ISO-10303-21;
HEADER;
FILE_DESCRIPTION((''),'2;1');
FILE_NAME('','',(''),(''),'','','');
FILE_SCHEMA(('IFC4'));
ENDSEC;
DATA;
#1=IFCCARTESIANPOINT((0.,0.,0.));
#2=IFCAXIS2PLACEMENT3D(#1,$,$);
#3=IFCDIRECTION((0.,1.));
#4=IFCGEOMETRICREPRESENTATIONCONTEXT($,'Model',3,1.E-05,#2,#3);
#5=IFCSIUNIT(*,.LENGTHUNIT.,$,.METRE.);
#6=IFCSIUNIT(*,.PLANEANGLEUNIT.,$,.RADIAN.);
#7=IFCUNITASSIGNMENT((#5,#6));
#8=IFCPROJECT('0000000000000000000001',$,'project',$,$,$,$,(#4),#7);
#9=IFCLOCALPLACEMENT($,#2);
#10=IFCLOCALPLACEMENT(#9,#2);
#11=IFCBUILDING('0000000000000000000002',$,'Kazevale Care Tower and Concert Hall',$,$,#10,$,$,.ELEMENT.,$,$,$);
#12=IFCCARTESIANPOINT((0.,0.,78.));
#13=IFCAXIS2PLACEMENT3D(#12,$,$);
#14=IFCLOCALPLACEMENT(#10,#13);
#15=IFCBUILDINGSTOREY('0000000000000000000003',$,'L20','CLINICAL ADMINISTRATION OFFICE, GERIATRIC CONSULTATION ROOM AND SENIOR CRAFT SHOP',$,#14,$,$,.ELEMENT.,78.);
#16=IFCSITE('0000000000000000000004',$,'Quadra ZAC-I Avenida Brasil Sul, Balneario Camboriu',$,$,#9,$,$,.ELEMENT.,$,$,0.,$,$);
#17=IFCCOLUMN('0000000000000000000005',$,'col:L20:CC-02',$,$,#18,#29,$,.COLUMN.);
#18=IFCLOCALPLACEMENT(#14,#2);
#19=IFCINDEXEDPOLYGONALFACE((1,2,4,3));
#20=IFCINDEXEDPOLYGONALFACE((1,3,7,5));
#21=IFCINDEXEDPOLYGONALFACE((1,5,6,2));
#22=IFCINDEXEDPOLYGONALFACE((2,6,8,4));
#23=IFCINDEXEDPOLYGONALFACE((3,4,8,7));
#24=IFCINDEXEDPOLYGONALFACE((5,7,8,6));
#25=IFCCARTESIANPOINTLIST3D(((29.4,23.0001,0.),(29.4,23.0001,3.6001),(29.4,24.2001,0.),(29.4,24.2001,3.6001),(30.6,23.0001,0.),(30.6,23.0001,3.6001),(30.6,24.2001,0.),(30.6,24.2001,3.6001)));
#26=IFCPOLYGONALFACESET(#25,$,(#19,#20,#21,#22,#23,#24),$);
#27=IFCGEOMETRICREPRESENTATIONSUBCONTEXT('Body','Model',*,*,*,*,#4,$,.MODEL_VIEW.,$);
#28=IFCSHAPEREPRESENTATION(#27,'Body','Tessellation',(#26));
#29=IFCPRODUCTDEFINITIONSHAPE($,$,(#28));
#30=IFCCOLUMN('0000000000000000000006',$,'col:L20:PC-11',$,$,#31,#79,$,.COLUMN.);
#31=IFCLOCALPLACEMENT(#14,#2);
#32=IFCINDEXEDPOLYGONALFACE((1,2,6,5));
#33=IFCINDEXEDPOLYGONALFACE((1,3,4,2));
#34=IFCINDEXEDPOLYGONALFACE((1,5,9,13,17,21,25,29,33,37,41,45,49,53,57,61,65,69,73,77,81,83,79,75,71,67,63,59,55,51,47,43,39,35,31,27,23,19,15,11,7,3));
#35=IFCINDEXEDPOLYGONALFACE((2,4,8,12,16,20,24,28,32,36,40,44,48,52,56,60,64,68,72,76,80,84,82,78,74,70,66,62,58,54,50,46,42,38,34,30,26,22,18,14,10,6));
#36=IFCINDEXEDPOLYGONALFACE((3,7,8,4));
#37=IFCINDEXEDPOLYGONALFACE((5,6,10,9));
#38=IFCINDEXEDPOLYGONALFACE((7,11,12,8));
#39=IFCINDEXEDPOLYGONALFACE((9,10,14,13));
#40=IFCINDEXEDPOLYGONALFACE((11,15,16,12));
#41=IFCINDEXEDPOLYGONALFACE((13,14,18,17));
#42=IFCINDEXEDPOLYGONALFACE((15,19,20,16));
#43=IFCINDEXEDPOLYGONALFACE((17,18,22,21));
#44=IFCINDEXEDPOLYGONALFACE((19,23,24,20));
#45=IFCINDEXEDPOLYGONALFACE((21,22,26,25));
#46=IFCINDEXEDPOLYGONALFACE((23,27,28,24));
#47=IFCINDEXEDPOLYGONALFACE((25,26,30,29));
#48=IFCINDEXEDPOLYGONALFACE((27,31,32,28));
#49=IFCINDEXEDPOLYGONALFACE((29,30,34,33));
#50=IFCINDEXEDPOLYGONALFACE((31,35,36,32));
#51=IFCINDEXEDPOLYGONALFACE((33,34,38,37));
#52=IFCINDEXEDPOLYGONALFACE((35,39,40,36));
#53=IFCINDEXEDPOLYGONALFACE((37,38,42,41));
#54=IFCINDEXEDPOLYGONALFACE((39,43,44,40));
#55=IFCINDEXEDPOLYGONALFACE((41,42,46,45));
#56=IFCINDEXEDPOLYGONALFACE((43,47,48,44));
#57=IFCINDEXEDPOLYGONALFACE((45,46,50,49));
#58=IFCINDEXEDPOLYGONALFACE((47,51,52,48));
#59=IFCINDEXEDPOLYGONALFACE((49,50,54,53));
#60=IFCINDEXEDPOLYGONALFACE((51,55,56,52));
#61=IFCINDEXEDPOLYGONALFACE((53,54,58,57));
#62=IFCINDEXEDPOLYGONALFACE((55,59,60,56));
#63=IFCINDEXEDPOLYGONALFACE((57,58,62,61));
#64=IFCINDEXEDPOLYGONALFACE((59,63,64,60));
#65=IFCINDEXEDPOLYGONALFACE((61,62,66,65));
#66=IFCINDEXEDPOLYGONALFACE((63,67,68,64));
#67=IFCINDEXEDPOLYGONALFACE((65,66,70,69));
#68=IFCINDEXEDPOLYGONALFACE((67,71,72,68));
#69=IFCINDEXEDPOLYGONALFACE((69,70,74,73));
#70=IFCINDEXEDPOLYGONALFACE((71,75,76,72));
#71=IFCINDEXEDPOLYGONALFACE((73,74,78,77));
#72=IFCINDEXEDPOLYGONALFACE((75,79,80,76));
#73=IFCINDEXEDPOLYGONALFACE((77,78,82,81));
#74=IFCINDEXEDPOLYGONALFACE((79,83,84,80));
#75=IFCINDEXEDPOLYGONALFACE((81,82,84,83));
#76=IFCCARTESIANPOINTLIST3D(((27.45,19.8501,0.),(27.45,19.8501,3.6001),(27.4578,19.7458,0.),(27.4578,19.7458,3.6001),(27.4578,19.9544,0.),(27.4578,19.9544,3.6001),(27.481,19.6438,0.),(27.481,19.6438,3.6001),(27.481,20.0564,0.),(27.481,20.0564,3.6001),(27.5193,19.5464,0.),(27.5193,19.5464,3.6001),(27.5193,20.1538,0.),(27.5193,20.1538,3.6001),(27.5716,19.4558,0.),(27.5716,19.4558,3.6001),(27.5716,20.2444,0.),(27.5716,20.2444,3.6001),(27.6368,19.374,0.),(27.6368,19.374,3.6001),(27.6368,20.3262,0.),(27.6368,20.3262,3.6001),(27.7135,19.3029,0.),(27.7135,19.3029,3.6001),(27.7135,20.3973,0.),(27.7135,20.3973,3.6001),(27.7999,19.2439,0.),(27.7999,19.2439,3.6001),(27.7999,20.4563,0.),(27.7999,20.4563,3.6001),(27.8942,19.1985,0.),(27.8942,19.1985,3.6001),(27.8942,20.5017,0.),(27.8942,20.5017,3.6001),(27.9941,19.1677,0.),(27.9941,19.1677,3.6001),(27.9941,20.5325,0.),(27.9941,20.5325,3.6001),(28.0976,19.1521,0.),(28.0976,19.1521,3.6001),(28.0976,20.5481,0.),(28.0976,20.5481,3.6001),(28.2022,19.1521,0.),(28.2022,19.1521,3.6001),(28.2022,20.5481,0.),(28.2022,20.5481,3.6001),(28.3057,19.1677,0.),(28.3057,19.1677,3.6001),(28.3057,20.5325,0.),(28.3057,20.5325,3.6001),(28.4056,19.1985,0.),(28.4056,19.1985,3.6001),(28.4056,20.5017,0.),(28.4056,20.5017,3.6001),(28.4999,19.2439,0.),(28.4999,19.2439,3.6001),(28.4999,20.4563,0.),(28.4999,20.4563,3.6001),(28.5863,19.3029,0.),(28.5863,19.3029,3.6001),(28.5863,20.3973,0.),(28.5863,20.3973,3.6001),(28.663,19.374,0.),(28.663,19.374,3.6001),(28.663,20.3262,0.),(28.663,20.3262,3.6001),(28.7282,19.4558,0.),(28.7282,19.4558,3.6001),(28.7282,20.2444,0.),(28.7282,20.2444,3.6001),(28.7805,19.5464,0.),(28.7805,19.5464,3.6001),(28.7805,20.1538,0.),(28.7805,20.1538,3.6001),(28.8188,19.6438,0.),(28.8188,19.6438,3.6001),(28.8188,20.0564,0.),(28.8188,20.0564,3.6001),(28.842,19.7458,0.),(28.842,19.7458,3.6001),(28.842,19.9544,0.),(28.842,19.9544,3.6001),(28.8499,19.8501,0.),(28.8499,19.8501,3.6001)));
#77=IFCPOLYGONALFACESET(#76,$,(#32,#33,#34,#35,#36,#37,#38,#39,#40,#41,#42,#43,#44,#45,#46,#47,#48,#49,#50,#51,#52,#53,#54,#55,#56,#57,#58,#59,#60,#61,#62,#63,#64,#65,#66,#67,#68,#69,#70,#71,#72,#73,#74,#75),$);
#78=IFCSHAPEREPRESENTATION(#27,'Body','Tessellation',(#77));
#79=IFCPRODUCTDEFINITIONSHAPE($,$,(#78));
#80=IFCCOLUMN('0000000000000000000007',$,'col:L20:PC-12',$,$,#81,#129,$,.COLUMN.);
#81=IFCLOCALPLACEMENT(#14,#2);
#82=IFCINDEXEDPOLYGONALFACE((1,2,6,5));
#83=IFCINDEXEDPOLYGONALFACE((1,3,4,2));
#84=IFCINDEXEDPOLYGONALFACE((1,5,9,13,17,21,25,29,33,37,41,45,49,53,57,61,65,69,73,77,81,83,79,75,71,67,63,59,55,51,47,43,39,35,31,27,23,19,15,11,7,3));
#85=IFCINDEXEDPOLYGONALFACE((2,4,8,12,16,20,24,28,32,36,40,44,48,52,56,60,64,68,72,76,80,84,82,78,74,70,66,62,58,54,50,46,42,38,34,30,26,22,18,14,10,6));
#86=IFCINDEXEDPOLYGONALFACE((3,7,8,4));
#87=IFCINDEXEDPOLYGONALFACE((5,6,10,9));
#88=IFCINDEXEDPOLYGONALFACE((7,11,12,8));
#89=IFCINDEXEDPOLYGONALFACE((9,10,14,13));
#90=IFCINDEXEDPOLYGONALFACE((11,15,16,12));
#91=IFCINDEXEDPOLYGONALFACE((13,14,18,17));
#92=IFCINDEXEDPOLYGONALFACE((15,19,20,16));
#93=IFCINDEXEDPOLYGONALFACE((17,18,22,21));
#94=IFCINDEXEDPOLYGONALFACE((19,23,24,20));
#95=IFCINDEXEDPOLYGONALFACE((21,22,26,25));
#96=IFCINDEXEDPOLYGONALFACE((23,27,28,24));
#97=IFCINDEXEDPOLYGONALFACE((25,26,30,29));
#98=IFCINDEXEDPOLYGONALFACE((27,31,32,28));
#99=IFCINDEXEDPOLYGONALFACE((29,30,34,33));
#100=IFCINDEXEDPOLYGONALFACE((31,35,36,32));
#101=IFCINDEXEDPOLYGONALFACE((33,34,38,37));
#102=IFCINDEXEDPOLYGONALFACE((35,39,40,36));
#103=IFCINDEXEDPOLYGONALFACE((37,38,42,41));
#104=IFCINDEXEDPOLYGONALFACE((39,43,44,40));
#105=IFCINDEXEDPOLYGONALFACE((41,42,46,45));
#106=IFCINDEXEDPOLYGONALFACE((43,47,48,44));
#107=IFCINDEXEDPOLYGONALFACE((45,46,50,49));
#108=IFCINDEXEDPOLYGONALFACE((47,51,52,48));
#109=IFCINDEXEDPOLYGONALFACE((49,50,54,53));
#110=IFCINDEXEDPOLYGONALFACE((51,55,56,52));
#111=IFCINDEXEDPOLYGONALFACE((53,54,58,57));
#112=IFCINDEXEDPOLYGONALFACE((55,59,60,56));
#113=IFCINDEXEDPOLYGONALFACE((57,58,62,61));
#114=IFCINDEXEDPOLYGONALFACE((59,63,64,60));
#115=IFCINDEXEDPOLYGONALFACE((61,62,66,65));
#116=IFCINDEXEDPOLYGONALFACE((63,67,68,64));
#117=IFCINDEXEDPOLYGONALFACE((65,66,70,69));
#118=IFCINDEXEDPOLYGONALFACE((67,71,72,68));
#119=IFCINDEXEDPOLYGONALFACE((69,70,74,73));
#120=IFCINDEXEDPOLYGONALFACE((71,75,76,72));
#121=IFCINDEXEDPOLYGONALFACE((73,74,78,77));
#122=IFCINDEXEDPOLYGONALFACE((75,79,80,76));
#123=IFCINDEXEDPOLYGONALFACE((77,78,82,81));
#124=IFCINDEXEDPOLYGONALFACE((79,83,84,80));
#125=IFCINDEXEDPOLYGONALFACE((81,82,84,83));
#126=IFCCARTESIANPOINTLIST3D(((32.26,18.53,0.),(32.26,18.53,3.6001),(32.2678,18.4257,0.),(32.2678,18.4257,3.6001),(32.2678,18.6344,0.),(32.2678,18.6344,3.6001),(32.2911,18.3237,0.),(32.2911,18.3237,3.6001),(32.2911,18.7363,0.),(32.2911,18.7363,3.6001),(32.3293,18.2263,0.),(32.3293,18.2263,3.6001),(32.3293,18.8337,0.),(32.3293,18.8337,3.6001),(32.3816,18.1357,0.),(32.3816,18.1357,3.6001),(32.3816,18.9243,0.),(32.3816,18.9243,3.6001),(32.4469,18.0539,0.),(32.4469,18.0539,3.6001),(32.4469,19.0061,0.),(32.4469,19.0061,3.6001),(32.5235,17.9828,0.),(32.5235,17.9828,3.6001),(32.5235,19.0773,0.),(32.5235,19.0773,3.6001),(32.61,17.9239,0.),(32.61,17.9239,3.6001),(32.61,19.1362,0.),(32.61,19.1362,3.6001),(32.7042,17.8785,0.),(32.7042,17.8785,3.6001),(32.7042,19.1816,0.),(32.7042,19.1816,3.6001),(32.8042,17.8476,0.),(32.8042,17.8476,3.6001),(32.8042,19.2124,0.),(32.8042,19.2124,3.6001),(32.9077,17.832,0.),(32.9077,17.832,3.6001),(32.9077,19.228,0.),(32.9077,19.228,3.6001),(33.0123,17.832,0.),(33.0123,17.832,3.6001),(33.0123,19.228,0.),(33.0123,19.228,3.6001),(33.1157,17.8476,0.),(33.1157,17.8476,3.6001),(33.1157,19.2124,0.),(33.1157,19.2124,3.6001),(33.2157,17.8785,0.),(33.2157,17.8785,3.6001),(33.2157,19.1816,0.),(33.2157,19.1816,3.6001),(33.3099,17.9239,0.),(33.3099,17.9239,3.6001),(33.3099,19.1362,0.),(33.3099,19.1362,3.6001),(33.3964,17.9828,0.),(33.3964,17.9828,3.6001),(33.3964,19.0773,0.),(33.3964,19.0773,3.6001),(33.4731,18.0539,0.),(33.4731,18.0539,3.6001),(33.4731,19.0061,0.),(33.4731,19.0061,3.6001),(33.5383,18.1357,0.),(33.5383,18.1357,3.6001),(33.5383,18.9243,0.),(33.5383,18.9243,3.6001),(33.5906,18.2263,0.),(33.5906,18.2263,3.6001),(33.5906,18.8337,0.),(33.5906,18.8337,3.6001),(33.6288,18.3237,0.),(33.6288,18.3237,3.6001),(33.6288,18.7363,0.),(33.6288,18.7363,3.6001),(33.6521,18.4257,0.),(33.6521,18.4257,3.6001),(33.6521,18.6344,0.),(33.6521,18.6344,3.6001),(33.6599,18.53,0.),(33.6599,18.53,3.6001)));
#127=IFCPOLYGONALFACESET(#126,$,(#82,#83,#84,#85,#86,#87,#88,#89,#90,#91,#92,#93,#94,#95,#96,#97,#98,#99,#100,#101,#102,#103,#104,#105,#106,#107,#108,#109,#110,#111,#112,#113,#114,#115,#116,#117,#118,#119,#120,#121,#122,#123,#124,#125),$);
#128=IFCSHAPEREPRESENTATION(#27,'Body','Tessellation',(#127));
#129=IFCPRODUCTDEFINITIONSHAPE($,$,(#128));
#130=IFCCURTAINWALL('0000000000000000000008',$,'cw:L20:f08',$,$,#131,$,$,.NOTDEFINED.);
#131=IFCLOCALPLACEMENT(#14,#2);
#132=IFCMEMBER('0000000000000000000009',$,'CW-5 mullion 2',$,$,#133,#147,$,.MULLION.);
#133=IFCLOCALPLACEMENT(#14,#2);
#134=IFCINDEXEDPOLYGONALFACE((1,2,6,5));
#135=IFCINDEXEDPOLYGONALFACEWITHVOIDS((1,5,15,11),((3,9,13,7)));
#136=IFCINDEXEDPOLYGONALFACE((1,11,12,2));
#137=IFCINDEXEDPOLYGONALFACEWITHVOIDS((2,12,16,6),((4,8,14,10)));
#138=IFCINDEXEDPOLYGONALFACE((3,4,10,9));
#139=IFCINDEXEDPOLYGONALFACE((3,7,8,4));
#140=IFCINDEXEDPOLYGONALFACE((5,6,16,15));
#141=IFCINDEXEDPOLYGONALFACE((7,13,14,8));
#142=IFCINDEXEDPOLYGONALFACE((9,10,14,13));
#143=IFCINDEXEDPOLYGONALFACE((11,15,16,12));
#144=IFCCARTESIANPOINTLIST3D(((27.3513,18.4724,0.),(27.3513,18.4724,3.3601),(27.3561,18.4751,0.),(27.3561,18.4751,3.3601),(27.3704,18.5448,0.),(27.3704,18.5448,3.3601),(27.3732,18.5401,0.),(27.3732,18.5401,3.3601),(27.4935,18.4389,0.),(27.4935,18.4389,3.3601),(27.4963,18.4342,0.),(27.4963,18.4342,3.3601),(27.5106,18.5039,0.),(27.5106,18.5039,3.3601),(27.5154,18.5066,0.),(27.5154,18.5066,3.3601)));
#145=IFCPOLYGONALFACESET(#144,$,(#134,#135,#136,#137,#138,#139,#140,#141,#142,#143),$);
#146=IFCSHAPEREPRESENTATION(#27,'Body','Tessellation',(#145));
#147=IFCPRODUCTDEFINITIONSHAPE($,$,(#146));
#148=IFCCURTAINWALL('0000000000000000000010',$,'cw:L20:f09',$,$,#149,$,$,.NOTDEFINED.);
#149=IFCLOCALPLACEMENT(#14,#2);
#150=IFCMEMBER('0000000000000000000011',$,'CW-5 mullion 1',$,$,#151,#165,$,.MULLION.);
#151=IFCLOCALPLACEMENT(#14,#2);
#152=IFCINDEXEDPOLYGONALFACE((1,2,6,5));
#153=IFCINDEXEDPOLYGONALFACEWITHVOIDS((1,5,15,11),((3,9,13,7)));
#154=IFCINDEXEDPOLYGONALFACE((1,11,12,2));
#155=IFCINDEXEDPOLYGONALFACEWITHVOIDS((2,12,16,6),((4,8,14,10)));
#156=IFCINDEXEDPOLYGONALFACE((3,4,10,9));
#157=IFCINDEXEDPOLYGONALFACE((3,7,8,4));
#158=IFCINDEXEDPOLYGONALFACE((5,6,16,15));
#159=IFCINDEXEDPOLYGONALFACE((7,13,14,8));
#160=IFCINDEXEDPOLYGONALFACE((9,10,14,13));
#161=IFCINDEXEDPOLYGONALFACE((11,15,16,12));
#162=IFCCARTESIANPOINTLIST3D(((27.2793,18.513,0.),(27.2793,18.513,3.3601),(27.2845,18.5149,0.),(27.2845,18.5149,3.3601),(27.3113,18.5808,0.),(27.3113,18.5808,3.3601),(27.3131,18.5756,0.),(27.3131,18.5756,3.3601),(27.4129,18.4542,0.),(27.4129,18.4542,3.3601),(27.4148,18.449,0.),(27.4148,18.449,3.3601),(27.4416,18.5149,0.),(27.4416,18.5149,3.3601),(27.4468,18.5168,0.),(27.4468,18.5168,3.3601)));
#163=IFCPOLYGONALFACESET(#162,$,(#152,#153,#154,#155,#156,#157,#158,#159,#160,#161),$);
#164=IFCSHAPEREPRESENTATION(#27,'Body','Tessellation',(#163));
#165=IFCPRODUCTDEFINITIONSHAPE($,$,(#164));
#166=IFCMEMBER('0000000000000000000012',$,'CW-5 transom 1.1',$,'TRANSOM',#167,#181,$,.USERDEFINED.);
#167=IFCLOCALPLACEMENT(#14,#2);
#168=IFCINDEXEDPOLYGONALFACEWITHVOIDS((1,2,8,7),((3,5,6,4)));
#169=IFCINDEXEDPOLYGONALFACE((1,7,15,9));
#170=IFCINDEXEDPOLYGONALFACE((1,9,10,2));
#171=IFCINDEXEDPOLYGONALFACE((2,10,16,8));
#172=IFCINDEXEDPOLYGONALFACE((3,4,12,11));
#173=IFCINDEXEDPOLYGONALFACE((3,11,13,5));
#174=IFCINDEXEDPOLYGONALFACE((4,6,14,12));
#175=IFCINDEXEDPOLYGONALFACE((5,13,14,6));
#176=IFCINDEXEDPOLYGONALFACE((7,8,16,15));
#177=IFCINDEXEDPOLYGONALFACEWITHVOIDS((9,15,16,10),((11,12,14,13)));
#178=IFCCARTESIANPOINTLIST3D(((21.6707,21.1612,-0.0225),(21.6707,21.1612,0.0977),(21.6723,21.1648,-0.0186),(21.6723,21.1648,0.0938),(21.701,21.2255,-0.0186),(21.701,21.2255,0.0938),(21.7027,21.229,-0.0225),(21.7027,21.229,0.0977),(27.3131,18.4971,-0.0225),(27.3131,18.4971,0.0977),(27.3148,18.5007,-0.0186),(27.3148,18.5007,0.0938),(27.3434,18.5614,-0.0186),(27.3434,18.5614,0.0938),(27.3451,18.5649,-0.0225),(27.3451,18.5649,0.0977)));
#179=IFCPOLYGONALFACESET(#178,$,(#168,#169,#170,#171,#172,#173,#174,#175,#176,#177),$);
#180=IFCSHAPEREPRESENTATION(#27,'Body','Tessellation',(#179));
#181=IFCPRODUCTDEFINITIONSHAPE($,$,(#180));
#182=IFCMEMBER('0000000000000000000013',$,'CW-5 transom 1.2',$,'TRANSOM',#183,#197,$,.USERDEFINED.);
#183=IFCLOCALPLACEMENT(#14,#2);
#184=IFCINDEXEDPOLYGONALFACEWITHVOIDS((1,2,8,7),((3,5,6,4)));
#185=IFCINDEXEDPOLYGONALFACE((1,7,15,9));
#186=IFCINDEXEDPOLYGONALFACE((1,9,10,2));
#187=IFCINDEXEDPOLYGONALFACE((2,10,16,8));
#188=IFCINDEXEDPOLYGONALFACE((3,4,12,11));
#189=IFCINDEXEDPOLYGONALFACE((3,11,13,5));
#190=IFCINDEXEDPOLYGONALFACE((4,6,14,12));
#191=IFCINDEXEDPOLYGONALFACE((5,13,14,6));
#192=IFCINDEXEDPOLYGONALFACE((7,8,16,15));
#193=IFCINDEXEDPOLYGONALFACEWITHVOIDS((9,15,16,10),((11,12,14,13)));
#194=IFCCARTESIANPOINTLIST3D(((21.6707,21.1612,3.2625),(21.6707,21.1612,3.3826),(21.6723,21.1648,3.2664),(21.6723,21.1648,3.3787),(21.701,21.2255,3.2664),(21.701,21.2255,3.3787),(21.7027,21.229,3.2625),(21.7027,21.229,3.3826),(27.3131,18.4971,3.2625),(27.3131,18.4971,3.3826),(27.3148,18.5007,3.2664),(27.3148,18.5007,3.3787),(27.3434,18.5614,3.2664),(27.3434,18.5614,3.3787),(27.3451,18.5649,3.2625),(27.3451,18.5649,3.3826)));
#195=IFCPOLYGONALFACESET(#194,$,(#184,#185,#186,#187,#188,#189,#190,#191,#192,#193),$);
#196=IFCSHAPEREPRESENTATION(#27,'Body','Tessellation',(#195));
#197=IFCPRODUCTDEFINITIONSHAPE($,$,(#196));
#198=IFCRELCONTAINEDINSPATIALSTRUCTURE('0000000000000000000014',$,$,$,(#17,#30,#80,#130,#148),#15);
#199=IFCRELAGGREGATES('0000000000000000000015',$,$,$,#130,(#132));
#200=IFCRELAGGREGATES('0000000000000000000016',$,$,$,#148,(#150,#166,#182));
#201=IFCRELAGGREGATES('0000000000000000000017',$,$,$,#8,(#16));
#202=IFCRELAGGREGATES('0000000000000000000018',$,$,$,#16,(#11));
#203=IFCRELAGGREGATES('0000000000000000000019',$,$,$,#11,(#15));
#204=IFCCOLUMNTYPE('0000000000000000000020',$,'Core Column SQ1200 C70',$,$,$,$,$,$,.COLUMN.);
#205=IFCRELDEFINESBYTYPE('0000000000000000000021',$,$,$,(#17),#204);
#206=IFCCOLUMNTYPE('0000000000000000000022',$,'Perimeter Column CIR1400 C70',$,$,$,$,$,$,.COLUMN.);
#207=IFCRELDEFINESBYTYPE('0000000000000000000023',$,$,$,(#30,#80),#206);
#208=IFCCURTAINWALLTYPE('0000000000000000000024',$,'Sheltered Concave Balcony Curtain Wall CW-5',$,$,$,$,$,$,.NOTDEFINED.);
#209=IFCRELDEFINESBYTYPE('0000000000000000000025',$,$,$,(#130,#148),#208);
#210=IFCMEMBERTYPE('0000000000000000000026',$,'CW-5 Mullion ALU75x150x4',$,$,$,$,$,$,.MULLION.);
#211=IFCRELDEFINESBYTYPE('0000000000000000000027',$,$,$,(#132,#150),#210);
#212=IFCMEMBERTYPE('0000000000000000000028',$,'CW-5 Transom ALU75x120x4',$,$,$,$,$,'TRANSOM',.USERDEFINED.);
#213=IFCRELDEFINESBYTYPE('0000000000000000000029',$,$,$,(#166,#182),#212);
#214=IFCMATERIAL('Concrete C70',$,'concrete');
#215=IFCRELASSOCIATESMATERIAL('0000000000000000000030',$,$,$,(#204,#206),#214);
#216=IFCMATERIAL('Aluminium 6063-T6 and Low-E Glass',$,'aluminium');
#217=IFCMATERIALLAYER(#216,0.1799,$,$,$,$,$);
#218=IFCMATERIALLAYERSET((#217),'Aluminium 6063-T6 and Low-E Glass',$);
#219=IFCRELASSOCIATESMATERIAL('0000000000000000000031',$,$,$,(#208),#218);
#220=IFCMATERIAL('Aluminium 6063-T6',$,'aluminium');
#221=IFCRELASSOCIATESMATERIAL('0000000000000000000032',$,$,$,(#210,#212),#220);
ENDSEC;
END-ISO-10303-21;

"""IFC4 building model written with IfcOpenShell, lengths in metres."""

from ifc_helpers import new_model, si_unit, direction, frame, origin, origin_2d, place, context, subcontext, project, spatial, rectangle, hollow_rectangle, circle, extrude, material, layer, layer_set, material_profile, profile_set, type_object, element, aggregate, save


model = new_model("IFC4")

# Units and contexts
model_context = context("Model", 3, precision=1e-05, world=origin(), true_north=direction((0.0, 1.0)))
body_context = subcontext(model_context, "Body", "Model", "MODEL_VIEW")
ifc_project = project(units=[si_unit("LENGTHUNIT", "METRE"), si_unit("PLANEANGLEUNIT", "RADIAN")], contexts=[model_context])

# Site, building, storey
site_placement = place(None, origin())
site = spatial("IfcSite", under=ifc_project, at=site_placement, Name="Quadra ZAC-I Avenida Brasil Sul, Balneario Camboriu", CompositionType="ELEMENT", RefElevation=0.0)
building_placement = place(site_placement, origin())
building = spatial("IfcBuilding", under=site, at=building_placement, Name="Kazevale Care Tower and Concert Hall", CompositionType="ELEMENT")
storey_placement = place(building_placement, frame((0.0, 0.0, 78.0)))
storey = spatial("IfcBuildingStorey", under=building, at=storey_placement, Name="L20", Description="CLINICAL ADMINISTRATION OFFICE, GERIATRIC CONSULTATION ROOM AND SENIOR CRAFT SHOP", CompositionType="ELEMENT", Elevation=78.0)

# Columns
ifc_material_1 = material(Name="Concrete C70", Category="concrete")
ifc_material_profile_1 = material_profile(ifc_material_1, rectangle(XDim=1.2, YDim=1.2, at=origin_2d()), Name="RC-SQ1200")
ifc_profile_set_1 = profile_set([ifc_material_profile_1], Name="Concrete C70")
column_type_1 = type_object("IfcColumnType", Name="Core Column SQ1200 C70", PredefinedType="COLUMN", material=ifc_profile_set_1)
column_placement = place(storey_placement, frame((30.0, 23.6001, 0.0), z_axis=(0.0, 0.0, 1.0), x_axis=(1.0, 0.0, 0.0)))
element("IfcColumn", 1, at=column_placement, inside=storey, type_object=column_type_1, Name="col:L20:CC-02", PredefinedType="COLUMN", context=body_context, shape_type="SweptSolid", body=[
    extrude(rectangle(XDim=1.2, YDim=1.2, at=origin_2d()), origin(), (0.0, 0.0, 1.0), 3.6001),
])
ifc_material_profile_2 = material_profile(ifc_material_1, circle(Radius=0.7, at=origin_2d()), Name="RC-CIR1400")
ifc_profile_set_2 = profile_set([ifc_material_profile_2], Name="Concrete C70")
column_type_2 = type_object("IfcColumnType", Name="Perimeter Column CIR1400 C70", PredefinedType="COLUMN", material=ifc_profile_set_2)
for number, where, z_axis, x_axis, name in (
    (2, (28.1499, 19.8501, 0.0), (0.0, 0.0, 1.0), (1.0, 0.0, 0.0), "col:L20:PC-11"),
    (3, (32.96, 18.53, 0.0), (0.0, 0.0, 1.0), (1.0, 0.0, 0.0), "col:L20:PC-12"),
):
    element("IfcColumn", number, at=place(storey_placement, frame(where, z_axis=z_axis, x_axis=x_axis)), inside=storey, type_object=column_type_2, Name=name, PredefinedType="COLUMN", context=body_context, shape_type="SweptSolid", body=[
        extrude(circle(Radius=0.7, at=origin_2d()), origin(), (0.0, 0.0, 1.0), 3.6001),
    ])

# Curtain wall, member
ifc_material_2 = material(Name="Aluminium 6063-T6 and Low-E Glass", Category="aluminium")
ifc_layer_1 = layer(ifc_material_2, 0.1799)
ifc_layer_set_1 = layer_set([ifc_layer_1], Name="Aluminium 6063-T6 and Low-E Glass")
curtain_wall_type = type_object("IfcCurtainWallType", Name="Sheltered Concave Balcony Curtain Wall CW-5", PredefinedType="NOTDEFINED", material=ifc_layer_set_1)
curtain_wall_1_placement = place(storey_placement, origin())
curtain_wall_1 = element("IfcCurtainWall", 4, at=curtain_wall_1_placement, inside=storey, type_object=curtain_wall_type, Name="cw:L20:f08", PredefinedType="NOTDEFINED")
ifc_material_3 = material(Name="Aluminium 6063-T6", Category="aluminium")
ifc_material_profile_3 = material_profile(ifc_material_3, hollow_rectangle(XDim=0.075, YDim=0.1499, WallThickness=0.0039, at=origin_2d()), Name="ALU75x150x4")
ifc_profile_set_3 = profile_set([ifc_material_profile_3], Name="Aluminium 6063-T6")
member_type_1 = type_object("IfcMemberType", Name="CW-5 Mullion ALU75x150x4", PredefinedType="MULLION", material=ifc_profile_set_3)
member_1_placement = place(storey_placement, frame((27.4333, 18.4895, 0.0), z_axis=(0.0, 0.0, 1.0), x_axis=(-0.254829, -0.966986, 0.0)))
member_1 = element("IfcMember", 5, at=member_1_placement, type_object=member_type_1, Name="CW-5 mullion 2", PredefinedType="MULLION", context=body_context, shape_type="SweptSolid", body=[
    extrude(hollow_rectangle(XDim=0.075, YDim=0.1499, WallThickness=0.0039, at=origin_2d()), origin(), (0.0, 0.0, 1.0), 3.3601),
])

# Curtain wall, members
curtain_wall_2_placement = place(storey_placement, origin())
curtain_wall_2 = element("IfcCurtainWall", 6, at=curtain_wall_2_placement, inside=storey, type_object=curtain_wall_type, Name="cw:L20:f09", PredefinedType="NOTDEFINED")
member_2_placement = place(storey_placement, frame((27.363, 18.5149, 0.0), z_axis=(0.0, 0.0, 1.0), x_axis=(-0.426942, -0.904279, 0.0)))
member_2 = element("IfcMember", 7, at=member_2_placement, type_object=member_type_1, Name="CW-5 mullion 1", PredefinedType="MULLION", context=body_context, shape_type="SweptSolid", body=[
    extrude(hollow_rectangle(XDim=0.075, YDim=0.1499, WallThickness=0.0039, at=origin_2d()), origin(), (0.0, 0.0, 1.0), 3.3601),
])
ifc_material_profile_4 = material_profile(ifc_material_3, hollow_rectangle(XDim=0.075, YDim=0.1201, WallThickness=0.0039, at=origin_2d()), Name="ALU75x120x4")
ifc_profile_set_4 = profile_set([ifc_material_profile_4], Name="Aluminium 6063-T6")
member_type_2 = type_object("IfcMemberType", Name="CW-5 Transom ALU75x120x4", ElementType="TRANSOM", PredefinedType="USERDEFINED", material=ifc_profile_set_4)
member_3_placement = place(storey_placement, frame((27.3291, 18.531, 0.0376), z_axis=(-0.904272, 0.426957, 0.0), x_axis=(-0.426957, -0.904272, 0.0)))
member_3 = element("IfcMember", 8, at=member_3_placement, type_object=member_type_2, Name="CW-5 transom 1.1", ObjectType="TRANSOM", PredefinedType="USERDEFINED", context=body_context, shape_type="SweptSolid", body=[
    extrude(hollow_rectangle(XDim=0.075, YDim=0.1201, WallThickness=0.0039, at=origin_2d()), origin(), (0.0, 0.0, 1.0), 6.2397),
])
member_4_placement = place(storey_placement, frame((27.3291, 18.531, 3.3225), z_axis=(-0.904272, 0.426957, 0.0), x_axis=(-0.426957, -0.904272, 0.0)))
member_4 = element("IfcMember", 9, at=member_4_placement, type_object=member_type_2, Name="CW-5 transom 1.2", ObjectType="TRANSOM", PredefinedType="USERDEFINED", context=body_context, shape_type="SweptSolid", body=[
    extrude(hollow_rectangle(XDim=0.075, YDim=0.1201, WallThickness=0.0039, at=origin_2d()), origin(), (0.0, 0.0, 1.0), 6.2397),
])

aggregate(curtain_wall_1, [member_1])
aggregate(curtain_wall_2, [member_2, member_3, member_4])

save(model, "model.ifc")
